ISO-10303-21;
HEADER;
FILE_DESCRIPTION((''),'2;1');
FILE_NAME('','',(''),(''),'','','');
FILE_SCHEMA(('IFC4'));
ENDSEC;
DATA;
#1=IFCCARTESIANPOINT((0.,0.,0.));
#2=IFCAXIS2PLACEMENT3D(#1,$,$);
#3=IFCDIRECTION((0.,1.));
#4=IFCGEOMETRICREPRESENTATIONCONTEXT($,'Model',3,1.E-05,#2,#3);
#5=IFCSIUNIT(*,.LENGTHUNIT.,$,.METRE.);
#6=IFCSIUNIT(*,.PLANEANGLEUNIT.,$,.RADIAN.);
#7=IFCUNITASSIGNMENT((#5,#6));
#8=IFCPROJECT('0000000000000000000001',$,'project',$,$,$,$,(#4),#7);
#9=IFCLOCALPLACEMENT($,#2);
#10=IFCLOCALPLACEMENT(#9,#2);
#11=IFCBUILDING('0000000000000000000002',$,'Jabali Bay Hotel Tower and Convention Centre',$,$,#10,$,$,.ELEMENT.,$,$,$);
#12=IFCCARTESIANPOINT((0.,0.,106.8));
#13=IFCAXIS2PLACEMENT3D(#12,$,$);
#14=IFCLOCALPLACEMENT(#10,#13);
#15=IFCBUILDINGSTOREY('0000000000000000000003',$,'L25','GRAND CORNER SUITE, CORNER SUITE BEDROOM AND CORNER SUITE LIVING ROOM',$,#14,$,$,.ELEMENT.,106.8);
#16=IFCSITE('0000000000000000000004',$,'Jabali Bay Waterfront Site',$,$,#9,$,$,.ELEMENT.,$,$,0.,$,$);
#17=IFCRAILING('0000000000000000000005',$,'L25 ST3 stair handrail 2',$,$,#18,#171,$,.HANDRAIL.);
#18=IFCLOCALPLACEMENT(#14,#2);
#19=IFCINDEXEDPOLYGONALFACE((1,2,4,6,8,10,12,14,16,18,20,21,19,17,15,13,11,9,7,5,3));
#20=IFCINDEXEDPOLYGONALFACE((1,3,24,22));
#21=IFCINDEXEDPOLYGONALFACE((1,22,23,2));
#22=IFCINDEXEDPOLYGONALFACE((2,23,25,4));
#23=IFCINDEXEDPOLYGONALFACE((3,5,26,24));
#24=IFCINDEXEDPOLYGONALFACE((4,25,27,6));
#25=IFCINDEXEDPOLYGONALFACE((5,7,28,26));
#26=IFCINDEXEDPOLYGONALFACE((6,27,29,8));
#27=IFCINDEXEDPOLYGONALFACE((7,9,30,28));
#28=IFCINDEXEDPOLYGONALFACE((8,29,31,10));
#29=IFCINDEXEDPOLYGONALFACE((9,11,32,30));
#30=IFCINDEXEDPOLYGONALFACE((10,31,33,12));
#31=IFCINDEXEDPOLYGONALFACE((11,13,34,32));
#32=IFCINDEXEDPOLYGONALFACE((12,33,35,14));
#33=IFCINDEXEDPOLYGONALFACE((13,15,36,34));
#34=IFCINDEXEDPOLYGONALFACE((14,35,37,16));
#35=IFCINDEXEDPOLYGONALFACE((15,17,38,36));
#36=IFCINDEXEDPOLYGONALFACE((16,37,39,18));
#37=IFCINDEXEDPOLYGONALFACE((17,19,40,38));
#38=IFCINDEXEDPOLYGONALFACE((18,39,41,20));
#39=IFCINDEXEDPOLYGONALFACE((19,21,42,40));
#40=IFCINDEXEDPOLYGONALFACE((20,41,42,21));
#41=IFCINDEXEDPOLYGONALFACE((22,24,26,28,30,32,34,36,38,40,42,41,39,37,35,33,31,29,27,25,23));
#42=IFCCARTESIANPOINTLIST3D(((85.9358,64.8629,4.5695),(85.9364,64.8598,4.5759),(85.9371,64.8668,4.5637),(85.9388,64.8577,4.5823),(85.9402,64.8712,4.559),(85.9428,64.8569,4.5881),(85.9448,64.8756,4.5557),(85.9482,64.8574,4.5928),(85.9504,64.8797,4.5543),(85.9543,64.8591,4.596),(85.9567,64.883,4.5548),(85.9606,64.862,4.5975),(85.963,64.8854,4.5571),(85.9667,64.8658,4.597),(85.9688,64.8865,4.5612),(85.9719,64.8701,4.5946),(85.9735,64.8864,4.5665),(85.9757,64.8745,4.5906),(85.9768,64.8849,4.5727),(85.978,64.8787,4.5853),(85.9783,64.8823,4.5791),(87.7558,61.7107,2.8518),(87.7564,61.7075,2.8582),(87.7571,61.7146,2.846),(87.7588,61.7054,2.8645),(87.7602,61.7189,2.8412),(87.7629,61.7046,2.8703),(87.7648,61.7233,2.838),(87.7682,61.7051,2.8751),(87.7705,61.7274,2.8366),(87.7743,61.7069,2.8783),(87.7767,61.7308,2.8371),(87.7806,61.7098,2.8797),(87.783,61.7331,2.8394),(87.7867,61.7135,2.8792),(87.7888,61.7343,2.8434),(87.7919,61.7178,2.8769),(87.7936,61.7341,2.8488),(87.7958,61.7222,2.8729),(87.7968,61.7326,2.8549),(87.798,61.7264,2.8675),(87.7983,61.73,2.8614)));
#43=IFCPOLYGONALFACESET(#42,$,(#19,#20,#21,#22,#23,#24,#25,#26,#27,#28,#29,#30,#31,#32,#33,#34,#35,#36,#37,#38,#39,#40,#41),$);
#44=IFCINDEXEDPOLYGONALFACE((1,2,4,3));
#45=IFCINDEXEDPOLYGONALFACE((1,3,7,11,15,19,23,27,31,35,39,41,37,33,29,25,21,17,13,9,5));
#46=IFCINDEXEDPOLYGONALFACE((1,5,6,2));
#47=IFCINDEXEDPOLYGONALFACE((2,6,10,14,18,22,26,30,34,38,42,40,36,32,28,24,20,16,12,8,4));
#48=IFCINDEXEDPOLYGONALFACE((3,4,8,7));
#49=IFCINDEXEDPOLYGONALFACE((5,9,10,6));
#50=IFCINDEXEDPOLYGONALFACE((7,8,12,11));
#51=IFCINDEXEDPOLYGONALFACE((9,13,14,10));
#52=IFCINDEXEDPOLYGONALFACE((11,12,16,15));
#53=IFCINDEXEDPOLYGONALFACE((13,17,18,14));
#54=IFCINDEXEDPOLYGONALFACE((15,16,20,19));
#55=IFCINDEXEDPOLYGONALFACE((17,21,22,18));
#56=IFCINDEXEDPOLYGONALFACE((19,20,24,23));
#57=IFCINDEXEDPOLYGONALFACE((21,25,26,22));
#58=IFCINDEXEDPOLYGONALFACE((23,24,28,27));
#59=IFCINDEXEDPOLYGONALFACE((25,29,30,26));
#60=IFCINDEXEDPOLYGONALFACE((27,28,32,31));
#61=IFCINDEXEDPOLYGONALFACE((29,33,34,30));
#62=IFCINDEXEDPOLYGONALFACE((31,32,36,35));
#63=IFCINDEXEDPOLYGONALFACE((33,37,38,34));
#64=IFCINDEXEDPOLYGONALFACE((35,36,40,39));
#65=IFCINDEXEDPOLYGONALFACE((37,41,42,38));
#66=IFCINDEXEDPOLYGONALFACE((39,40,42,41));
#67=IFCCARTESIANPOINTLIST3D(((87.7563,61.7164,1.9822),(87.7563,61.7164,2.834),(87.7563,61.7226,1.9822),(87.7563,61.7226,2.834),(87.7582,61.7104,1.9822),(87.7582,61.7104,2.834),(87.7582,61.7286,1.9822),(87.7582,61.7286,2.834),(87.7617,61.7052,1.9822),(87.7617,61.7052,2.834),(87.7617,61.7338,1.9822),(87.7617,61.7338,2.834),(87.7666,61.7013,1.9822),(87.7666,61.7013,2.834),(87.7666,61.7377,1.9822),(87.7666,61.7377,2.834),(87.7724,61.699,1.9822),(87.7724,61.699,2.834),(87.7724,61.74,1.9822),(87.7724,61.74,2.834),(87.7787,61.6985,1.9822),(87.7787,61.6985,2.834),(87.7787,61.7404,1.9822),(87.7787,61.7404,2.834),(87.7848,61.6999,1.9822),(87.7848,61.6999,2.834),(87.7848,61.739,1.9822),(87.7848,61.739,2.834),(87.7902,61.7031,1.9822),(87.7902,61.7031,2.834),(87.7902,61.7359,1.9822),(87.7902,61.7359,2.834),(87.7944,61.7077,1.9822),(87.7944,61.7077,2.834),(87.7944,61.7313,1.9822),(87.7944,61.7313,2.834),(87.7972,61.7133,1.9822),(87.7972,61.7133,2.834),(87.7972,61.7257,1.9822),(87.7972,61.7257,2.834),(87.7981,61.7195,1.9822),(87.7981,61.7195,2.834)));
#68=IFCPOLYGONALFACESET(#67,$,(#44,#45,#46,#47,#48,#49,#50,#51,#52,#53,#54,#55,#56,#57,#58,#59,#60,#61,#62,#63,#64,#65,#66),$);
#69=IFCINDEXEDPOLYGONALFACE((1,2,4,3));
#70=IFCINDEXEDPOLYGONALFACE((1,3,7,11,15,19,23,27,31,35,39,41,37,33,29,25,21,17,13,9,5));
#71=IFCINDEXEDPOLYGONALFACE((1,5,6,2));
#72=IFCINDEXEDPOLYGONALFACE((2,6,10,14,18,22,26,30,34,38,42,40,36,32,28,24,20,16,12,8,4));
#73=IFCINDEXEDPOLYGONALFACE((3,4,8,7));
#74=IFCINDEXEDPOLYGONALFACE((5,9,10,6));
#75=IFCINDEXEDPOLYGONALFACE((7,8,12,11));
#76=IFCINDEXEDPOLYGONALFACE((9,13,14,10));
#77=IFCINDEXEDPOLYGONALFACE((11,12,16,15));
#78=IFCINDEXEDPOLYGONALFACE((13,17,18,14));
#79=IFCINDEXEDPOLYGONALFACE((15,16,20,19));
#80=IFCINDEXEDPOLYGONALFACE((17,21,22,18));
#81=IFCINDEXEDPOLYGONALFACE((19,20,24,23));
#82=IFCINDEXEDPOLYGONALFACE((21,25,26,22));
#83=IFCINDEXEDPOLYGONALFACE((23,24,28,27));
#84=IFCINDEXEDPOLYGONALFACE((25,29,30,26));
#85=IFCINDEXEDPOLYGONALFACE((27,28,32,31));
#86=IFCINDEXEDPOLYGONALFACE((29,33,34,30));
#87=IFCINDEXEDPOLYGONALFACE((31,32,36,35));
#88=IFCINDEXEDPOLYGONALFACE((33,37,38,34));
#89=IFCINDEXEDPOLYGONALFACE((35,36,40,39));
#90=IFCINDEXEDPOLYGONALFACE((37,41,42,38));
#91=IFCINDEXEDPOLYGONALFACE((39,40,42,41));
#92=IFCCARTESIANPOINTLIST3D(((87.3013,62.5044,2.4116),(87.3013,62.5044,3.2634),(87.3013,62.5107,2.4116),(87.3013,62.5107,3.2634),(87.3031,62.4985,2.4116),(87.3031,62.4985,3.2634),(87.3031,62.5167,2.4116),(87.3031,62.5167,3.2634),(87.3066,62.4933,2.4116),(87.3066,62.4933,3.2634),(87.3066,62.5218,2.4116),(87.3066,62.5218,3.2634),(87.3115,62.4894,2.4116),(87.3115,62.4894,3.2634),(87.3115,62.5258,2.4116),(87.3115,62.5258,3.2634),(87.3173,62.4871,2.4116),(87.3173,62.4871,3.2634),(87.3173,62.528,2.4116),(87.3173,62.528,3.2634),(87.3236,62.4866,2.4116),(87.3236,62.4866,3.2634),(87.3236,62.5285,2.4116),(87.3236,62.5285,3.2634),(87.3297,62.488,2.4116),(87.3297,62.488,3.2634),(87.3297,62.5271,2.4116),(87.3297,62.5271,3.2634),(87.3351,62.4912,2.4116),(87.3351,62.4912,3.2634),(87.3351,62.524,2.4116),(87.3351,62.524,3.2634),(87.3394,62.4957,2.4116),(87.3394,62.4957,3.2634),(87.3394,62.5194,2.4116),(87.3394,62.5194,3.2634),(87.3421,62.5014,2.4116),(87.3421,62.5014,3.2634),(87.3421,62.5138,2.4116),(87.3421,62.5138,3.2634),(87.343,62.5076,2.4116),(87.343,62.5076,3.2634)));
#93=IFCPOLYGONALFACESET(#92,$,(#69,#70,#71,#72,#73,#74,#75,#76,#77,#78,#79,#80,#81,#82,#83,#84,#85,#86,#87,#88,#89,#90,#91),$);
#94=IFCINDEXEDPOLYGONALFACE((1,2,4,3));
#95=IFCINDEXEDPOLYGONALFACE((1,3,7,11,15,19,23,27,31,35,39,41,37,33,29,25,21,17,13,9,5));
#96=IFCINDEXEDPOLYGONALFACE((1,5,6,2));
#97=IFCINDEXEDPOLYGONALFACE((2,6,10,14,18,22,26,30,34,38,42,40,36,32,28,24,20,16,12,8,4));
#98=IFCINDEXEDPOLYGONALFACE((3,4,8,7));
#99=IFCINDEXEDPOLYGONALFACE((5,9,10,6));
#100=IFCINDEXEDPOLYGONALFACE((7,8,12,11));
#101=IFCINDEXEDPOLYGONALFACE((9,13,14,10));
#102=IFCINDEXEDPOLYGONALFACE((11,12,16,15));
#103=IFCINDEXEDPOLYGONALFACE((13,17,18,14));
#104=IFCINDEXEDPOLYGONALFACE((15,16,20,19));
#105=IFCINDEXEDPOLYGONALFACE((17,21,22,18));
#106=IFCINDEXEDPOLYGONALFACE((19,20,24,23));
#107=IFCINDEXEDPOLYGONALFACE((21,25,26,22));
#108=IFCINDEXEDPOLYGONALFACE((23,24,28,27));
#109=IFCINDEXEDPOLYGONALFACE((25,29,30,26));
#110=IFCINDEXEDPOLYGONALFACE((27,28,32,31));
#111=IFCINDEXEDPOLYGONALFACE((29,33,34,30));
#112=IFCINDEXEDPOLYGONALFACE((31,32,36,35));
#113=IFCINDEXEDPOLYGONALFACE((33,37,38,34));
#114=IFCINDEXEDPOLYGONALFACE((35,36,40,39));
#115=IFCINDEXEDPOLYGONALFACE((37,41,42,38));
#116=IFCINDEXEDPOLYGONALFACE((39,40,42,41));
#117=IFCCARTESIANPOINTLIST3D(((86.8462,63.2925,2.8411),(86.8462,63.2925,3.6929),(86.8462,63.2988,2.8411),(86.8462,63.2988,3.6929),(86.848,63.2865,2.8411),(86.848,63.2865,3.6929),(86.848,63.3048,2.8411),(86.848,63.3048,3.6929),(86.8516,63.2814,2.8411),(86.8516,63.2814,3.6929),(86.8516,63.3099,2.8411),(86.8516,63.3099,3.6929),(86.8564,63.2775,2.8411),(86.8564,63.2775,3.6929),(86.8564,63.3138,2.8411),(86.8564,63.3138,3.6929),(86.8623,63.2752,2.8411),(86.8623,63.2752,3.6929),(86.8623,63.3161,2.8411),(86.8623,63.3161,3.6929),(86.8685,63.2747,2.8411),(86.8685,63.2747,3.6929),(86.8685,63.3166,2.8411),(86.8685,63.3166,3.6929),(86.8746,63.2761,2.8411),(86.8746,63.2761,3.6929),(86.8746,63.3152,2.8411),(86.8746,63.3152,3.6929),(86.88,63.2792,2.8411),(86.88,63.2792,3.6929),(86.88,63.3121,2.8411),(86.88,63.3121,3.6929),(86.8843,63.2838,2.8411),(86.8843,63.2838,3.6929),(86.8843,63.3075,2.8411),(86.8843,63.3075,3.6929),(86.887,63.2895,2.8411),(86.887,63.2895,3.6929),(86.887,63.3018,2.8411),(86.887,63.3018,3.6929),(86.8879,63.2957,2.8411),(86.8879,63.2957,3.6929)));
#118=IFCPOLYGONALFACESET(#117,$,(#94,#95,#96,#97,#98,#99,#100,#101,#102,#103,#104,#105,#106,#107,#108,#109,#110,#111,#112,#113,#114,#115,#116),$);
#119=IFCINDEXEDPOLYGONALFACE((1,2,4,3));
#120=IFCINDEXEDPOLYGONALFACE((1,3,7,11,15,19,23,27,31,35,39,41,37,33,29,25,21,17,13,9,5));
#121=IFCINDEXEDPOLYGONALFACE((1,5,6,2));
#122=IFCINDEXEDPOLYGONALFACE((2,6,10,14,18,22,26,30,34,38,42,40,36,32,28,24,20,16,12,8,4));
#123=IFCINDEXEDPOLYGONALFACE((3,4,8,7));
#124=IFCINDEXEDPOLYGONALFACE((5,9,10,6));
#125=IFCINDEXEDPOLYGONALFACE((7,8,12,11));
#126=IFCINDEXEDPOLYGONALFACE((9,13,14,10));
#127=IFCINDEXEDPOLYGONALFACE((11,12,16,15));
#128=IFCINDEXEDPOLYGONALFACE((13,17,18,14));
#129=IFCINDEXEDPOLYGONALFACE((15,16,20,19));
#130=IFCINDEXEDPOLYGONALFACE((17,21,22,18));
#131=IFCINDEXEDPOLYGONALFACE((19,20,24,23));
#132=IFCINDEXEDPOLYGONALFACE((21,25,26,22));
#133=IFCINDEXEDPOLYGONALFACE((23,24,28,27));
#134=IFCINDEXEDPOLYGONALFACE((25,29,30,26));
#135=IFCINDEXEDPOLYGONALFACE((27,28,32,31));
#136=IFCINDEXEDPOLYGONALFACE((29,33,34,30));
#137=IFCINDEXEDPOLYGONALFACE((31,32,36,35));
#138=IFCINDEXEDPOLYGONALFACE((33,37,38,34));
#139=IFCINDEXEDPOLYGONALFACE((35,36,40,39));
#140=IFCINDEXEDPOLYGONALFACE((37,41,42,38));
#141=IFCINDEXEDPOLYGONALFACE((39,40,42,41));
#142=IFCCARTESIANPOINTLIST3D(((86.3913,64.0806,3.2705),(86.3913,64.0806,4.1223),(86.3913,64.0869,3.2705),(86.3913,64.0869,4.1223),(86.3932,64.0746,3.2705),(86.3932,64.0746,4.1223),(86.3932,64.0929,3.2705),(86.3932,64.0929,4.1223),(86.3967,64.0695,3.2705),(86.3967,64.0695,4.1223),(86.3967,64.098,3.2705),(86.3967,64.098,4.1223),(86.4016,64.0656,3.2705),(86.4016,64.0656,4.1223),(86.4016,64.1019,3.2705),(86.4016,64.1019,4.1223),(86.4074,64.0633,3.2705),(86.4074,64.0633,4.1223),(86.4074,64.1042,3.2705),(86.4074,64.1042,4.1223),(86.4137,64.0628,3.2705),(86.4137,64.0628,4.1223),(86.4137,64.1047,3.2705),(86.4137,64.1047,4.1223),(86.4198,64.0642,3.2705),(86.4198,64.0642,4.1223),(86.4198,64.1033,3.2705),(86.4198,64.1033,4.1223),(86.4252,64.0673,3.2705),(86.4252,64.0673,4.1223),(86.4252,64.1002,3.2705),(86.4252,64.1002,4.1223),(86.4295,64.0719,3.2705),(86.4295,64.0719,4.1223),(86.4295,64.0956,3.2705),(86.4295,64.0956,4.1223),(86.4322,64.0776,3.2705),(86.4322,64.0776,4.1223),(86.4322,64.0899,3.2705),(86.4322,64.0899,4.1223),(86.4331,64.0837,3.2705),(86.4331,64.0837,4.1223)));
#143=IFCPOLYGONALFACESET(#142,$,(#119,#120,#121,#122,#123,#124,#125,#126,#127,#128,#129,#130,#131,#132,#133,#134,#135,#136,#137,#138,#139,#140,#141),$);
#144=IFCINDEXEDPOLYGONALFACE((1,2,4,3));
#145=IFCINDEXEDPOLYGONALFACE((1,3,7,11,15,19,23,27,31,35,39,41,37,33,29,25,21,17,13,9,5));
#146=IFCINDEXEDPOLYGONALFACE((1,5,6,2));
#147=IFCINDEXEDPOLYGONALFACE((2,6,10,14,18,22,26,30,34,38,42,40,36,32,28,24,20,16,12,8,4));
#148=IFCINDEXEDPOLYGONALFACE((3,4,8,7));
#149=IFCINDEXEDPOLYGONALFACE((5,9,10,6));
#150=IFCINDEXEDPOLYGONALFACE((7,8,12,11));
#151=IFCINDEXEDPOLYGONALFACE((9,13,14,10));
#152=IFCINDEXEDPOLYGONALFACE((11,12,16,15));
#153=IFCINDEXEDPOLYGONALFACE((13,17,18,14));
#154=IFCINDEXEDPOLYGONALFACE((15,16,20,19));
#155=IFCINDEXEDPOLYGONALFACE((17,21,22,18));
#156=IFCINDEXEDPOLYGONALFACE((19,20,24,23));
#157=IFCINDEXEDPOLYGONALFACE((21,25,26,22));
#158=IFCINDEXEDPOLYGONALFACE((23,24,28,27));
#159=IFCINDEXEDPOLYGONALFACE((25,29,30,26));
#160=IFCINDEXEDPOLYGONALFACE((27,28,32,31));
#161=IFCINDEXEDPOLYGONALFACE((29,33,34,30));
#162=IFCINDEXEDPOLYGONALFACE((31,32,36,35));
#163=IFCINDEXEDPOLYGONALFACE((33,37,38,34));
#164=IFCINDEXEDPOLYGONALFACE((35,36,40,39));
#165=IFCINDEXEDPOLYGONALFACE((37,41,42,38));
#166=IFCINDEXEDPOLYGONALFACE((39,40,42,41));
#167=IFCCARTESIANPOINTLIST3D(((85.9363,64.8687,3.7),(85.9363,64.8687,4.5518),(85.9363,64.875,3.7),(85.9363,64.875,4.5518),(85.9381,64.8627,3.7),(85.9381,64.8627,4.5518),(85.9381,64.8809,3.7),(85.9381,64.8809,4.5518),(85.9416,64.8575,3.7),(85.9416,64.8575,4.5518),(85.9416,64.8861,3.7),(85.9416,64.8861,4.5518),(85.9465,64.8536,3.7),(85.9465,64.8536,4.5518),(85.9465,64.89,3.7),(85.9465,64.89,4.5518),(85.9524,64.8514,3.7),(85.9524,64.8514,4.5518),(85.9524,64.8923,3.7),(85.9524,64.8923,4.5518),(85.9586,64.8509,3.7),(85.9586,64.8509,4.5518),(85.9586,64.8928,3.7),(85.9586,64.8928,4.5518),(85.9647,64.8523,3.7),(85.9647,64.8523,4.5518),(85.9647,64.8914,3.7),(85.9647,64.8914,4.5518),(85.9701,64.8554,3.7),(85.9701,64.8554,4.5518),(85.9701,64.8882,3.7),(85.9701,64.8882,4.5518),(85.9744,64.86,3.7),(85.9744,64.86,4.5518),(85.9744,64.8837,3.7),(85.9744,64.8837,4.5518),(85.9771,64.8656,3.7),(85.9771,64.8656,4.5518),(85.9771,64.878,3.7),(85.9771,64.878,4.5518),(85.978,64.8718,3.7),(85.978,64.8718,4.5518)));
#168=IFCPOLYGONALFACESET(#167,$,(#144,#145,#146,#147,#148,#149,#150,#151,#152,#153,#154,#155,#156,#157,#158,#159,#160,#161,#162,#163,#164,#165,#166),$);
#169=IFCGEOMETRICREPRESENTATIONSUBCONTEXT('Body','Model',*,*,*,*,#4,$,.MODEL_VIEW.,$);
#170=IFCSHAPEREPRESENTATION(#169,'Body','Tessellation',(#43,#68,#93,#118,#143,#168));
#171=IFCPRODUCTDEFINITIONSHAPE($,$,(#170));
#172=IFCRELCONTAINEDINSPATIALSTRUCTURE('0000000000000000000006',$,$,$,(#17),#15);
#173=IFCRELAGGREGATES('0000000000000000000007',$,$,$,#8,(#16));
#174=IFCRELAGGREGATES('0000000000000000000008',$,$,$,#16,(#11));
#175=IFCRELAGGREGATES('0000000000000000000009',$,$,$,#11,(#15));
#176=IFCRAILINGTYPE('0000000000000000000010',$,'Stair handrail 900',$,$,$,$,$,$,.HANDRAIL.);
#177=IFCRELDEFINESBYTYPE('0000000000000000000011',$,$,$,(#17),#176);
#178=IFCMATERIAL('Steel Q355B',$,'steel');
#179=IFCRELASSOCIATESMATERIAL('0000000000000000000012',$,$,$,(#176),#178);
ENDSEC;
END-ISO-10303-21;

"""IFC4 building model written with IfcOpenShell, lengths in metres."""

from ifc_helpers import new_model, si_unit, direction, frame, origin, origin_2d, place, context, subcontext, project, spatial, circle, extrude, material, type_object, element, save


model = new_model("IFC4")

# Units and contexts
model_context = context("Model", 3, precision=1e-05, world=origin(), true_north=direction((0.0, 1.0)))
body_context = subcontext(model_context, "Body", "Model", "MODEL_VIEW")
ifc_project = project(units=[si_unit("LENGTHUNIT", "METRE"), si_unit("PLANEANGLEUNIT", "RADIAN")], contexts=[model_context])

# Site, building, storey
site_placement = place(None, origin())
site = spatial("IfcSite", under=ifc_project, at=site_placement, Name="Jabali Bay Waterfront Site", CompositionType="ELEMENT", RefElevation=0.0)
building_placement = place(site_placement, origin())
building = spatial("IfcBuilding", under=site, at=building_placement, Name="Jabali Bay Hotel Tower and Convention Centre", CompositionType="ELEMENT")
storey_placement = place(building_placement, frame((0.0, 0.0, 106.8)))
storey = spatial("IfcBuildingStorey", under=building, at=storey_placement, Name="L25", Description="GRAND CORNER SUITE, CORNER SUITE BEDROOM AND CORNER SUITE LIVING ROOM", CompositionType="ELEMENT", Elevation=106.8)

# Railing
ifc_material_1 = material(Name="Steel Q355B", Category="steel")
railing_type_1 = type_object("IfcRailingType", Name="Stair handrail 900", PredefinedType="HANDRAIL", material=ifc_material_1)
railing_1_placement = place(storey_placement, frame((87.7771, 61.7195, 1.9822)))
element("IfcRailing", 1, at=railing_1_placement, inside=storey, type_object=railing_type_1, Name="L25 ST3 stair handrail 2", PredefinedType="HANDRAIL", context=body_context, shape_type="SweptSolid", body=[
    extrude(circle(Radius=0.0239, at=origin_2d()), frame((0.0, 0.0, 0.876), z_axis=(-0.45219, 0.78319, 0.426775), x_axis=(-0.866018, -0.500013, 0.0)), (0.0, 0.0, 1.0), 4.0249),
    extrude(circle(Radius=0.021, at=origin_2d()), origin(), (0.0, 0.0, 1.0), 0.8518),
    extrude(circle(Radius=0.021, at=origin_2d()), frame((-0.4551, 0.7881, 0.4294)), (0.0, 0.0, 1.0), 0.8518),
    extrude(circle(Radius=0.021, at=origin_2d()), frame((-0.9102, 1.5762, 0.8589)), (0.0, 0.0, 1.0), 0.8518),
    extrude(circle(Radius=0.021, at=origin_2d()), frame((-1.365, 2.3643, 1.2883)), (0.0, 0.0, 1.0), 0.8518),
    extrude(circle(Radius=0.021, at=origin_2d()), frame((-1.8201, 3.1523, 1.7178)), (0.0, 0.0, 1.0), 0.8518),
])

save(model, "model.ifc")
